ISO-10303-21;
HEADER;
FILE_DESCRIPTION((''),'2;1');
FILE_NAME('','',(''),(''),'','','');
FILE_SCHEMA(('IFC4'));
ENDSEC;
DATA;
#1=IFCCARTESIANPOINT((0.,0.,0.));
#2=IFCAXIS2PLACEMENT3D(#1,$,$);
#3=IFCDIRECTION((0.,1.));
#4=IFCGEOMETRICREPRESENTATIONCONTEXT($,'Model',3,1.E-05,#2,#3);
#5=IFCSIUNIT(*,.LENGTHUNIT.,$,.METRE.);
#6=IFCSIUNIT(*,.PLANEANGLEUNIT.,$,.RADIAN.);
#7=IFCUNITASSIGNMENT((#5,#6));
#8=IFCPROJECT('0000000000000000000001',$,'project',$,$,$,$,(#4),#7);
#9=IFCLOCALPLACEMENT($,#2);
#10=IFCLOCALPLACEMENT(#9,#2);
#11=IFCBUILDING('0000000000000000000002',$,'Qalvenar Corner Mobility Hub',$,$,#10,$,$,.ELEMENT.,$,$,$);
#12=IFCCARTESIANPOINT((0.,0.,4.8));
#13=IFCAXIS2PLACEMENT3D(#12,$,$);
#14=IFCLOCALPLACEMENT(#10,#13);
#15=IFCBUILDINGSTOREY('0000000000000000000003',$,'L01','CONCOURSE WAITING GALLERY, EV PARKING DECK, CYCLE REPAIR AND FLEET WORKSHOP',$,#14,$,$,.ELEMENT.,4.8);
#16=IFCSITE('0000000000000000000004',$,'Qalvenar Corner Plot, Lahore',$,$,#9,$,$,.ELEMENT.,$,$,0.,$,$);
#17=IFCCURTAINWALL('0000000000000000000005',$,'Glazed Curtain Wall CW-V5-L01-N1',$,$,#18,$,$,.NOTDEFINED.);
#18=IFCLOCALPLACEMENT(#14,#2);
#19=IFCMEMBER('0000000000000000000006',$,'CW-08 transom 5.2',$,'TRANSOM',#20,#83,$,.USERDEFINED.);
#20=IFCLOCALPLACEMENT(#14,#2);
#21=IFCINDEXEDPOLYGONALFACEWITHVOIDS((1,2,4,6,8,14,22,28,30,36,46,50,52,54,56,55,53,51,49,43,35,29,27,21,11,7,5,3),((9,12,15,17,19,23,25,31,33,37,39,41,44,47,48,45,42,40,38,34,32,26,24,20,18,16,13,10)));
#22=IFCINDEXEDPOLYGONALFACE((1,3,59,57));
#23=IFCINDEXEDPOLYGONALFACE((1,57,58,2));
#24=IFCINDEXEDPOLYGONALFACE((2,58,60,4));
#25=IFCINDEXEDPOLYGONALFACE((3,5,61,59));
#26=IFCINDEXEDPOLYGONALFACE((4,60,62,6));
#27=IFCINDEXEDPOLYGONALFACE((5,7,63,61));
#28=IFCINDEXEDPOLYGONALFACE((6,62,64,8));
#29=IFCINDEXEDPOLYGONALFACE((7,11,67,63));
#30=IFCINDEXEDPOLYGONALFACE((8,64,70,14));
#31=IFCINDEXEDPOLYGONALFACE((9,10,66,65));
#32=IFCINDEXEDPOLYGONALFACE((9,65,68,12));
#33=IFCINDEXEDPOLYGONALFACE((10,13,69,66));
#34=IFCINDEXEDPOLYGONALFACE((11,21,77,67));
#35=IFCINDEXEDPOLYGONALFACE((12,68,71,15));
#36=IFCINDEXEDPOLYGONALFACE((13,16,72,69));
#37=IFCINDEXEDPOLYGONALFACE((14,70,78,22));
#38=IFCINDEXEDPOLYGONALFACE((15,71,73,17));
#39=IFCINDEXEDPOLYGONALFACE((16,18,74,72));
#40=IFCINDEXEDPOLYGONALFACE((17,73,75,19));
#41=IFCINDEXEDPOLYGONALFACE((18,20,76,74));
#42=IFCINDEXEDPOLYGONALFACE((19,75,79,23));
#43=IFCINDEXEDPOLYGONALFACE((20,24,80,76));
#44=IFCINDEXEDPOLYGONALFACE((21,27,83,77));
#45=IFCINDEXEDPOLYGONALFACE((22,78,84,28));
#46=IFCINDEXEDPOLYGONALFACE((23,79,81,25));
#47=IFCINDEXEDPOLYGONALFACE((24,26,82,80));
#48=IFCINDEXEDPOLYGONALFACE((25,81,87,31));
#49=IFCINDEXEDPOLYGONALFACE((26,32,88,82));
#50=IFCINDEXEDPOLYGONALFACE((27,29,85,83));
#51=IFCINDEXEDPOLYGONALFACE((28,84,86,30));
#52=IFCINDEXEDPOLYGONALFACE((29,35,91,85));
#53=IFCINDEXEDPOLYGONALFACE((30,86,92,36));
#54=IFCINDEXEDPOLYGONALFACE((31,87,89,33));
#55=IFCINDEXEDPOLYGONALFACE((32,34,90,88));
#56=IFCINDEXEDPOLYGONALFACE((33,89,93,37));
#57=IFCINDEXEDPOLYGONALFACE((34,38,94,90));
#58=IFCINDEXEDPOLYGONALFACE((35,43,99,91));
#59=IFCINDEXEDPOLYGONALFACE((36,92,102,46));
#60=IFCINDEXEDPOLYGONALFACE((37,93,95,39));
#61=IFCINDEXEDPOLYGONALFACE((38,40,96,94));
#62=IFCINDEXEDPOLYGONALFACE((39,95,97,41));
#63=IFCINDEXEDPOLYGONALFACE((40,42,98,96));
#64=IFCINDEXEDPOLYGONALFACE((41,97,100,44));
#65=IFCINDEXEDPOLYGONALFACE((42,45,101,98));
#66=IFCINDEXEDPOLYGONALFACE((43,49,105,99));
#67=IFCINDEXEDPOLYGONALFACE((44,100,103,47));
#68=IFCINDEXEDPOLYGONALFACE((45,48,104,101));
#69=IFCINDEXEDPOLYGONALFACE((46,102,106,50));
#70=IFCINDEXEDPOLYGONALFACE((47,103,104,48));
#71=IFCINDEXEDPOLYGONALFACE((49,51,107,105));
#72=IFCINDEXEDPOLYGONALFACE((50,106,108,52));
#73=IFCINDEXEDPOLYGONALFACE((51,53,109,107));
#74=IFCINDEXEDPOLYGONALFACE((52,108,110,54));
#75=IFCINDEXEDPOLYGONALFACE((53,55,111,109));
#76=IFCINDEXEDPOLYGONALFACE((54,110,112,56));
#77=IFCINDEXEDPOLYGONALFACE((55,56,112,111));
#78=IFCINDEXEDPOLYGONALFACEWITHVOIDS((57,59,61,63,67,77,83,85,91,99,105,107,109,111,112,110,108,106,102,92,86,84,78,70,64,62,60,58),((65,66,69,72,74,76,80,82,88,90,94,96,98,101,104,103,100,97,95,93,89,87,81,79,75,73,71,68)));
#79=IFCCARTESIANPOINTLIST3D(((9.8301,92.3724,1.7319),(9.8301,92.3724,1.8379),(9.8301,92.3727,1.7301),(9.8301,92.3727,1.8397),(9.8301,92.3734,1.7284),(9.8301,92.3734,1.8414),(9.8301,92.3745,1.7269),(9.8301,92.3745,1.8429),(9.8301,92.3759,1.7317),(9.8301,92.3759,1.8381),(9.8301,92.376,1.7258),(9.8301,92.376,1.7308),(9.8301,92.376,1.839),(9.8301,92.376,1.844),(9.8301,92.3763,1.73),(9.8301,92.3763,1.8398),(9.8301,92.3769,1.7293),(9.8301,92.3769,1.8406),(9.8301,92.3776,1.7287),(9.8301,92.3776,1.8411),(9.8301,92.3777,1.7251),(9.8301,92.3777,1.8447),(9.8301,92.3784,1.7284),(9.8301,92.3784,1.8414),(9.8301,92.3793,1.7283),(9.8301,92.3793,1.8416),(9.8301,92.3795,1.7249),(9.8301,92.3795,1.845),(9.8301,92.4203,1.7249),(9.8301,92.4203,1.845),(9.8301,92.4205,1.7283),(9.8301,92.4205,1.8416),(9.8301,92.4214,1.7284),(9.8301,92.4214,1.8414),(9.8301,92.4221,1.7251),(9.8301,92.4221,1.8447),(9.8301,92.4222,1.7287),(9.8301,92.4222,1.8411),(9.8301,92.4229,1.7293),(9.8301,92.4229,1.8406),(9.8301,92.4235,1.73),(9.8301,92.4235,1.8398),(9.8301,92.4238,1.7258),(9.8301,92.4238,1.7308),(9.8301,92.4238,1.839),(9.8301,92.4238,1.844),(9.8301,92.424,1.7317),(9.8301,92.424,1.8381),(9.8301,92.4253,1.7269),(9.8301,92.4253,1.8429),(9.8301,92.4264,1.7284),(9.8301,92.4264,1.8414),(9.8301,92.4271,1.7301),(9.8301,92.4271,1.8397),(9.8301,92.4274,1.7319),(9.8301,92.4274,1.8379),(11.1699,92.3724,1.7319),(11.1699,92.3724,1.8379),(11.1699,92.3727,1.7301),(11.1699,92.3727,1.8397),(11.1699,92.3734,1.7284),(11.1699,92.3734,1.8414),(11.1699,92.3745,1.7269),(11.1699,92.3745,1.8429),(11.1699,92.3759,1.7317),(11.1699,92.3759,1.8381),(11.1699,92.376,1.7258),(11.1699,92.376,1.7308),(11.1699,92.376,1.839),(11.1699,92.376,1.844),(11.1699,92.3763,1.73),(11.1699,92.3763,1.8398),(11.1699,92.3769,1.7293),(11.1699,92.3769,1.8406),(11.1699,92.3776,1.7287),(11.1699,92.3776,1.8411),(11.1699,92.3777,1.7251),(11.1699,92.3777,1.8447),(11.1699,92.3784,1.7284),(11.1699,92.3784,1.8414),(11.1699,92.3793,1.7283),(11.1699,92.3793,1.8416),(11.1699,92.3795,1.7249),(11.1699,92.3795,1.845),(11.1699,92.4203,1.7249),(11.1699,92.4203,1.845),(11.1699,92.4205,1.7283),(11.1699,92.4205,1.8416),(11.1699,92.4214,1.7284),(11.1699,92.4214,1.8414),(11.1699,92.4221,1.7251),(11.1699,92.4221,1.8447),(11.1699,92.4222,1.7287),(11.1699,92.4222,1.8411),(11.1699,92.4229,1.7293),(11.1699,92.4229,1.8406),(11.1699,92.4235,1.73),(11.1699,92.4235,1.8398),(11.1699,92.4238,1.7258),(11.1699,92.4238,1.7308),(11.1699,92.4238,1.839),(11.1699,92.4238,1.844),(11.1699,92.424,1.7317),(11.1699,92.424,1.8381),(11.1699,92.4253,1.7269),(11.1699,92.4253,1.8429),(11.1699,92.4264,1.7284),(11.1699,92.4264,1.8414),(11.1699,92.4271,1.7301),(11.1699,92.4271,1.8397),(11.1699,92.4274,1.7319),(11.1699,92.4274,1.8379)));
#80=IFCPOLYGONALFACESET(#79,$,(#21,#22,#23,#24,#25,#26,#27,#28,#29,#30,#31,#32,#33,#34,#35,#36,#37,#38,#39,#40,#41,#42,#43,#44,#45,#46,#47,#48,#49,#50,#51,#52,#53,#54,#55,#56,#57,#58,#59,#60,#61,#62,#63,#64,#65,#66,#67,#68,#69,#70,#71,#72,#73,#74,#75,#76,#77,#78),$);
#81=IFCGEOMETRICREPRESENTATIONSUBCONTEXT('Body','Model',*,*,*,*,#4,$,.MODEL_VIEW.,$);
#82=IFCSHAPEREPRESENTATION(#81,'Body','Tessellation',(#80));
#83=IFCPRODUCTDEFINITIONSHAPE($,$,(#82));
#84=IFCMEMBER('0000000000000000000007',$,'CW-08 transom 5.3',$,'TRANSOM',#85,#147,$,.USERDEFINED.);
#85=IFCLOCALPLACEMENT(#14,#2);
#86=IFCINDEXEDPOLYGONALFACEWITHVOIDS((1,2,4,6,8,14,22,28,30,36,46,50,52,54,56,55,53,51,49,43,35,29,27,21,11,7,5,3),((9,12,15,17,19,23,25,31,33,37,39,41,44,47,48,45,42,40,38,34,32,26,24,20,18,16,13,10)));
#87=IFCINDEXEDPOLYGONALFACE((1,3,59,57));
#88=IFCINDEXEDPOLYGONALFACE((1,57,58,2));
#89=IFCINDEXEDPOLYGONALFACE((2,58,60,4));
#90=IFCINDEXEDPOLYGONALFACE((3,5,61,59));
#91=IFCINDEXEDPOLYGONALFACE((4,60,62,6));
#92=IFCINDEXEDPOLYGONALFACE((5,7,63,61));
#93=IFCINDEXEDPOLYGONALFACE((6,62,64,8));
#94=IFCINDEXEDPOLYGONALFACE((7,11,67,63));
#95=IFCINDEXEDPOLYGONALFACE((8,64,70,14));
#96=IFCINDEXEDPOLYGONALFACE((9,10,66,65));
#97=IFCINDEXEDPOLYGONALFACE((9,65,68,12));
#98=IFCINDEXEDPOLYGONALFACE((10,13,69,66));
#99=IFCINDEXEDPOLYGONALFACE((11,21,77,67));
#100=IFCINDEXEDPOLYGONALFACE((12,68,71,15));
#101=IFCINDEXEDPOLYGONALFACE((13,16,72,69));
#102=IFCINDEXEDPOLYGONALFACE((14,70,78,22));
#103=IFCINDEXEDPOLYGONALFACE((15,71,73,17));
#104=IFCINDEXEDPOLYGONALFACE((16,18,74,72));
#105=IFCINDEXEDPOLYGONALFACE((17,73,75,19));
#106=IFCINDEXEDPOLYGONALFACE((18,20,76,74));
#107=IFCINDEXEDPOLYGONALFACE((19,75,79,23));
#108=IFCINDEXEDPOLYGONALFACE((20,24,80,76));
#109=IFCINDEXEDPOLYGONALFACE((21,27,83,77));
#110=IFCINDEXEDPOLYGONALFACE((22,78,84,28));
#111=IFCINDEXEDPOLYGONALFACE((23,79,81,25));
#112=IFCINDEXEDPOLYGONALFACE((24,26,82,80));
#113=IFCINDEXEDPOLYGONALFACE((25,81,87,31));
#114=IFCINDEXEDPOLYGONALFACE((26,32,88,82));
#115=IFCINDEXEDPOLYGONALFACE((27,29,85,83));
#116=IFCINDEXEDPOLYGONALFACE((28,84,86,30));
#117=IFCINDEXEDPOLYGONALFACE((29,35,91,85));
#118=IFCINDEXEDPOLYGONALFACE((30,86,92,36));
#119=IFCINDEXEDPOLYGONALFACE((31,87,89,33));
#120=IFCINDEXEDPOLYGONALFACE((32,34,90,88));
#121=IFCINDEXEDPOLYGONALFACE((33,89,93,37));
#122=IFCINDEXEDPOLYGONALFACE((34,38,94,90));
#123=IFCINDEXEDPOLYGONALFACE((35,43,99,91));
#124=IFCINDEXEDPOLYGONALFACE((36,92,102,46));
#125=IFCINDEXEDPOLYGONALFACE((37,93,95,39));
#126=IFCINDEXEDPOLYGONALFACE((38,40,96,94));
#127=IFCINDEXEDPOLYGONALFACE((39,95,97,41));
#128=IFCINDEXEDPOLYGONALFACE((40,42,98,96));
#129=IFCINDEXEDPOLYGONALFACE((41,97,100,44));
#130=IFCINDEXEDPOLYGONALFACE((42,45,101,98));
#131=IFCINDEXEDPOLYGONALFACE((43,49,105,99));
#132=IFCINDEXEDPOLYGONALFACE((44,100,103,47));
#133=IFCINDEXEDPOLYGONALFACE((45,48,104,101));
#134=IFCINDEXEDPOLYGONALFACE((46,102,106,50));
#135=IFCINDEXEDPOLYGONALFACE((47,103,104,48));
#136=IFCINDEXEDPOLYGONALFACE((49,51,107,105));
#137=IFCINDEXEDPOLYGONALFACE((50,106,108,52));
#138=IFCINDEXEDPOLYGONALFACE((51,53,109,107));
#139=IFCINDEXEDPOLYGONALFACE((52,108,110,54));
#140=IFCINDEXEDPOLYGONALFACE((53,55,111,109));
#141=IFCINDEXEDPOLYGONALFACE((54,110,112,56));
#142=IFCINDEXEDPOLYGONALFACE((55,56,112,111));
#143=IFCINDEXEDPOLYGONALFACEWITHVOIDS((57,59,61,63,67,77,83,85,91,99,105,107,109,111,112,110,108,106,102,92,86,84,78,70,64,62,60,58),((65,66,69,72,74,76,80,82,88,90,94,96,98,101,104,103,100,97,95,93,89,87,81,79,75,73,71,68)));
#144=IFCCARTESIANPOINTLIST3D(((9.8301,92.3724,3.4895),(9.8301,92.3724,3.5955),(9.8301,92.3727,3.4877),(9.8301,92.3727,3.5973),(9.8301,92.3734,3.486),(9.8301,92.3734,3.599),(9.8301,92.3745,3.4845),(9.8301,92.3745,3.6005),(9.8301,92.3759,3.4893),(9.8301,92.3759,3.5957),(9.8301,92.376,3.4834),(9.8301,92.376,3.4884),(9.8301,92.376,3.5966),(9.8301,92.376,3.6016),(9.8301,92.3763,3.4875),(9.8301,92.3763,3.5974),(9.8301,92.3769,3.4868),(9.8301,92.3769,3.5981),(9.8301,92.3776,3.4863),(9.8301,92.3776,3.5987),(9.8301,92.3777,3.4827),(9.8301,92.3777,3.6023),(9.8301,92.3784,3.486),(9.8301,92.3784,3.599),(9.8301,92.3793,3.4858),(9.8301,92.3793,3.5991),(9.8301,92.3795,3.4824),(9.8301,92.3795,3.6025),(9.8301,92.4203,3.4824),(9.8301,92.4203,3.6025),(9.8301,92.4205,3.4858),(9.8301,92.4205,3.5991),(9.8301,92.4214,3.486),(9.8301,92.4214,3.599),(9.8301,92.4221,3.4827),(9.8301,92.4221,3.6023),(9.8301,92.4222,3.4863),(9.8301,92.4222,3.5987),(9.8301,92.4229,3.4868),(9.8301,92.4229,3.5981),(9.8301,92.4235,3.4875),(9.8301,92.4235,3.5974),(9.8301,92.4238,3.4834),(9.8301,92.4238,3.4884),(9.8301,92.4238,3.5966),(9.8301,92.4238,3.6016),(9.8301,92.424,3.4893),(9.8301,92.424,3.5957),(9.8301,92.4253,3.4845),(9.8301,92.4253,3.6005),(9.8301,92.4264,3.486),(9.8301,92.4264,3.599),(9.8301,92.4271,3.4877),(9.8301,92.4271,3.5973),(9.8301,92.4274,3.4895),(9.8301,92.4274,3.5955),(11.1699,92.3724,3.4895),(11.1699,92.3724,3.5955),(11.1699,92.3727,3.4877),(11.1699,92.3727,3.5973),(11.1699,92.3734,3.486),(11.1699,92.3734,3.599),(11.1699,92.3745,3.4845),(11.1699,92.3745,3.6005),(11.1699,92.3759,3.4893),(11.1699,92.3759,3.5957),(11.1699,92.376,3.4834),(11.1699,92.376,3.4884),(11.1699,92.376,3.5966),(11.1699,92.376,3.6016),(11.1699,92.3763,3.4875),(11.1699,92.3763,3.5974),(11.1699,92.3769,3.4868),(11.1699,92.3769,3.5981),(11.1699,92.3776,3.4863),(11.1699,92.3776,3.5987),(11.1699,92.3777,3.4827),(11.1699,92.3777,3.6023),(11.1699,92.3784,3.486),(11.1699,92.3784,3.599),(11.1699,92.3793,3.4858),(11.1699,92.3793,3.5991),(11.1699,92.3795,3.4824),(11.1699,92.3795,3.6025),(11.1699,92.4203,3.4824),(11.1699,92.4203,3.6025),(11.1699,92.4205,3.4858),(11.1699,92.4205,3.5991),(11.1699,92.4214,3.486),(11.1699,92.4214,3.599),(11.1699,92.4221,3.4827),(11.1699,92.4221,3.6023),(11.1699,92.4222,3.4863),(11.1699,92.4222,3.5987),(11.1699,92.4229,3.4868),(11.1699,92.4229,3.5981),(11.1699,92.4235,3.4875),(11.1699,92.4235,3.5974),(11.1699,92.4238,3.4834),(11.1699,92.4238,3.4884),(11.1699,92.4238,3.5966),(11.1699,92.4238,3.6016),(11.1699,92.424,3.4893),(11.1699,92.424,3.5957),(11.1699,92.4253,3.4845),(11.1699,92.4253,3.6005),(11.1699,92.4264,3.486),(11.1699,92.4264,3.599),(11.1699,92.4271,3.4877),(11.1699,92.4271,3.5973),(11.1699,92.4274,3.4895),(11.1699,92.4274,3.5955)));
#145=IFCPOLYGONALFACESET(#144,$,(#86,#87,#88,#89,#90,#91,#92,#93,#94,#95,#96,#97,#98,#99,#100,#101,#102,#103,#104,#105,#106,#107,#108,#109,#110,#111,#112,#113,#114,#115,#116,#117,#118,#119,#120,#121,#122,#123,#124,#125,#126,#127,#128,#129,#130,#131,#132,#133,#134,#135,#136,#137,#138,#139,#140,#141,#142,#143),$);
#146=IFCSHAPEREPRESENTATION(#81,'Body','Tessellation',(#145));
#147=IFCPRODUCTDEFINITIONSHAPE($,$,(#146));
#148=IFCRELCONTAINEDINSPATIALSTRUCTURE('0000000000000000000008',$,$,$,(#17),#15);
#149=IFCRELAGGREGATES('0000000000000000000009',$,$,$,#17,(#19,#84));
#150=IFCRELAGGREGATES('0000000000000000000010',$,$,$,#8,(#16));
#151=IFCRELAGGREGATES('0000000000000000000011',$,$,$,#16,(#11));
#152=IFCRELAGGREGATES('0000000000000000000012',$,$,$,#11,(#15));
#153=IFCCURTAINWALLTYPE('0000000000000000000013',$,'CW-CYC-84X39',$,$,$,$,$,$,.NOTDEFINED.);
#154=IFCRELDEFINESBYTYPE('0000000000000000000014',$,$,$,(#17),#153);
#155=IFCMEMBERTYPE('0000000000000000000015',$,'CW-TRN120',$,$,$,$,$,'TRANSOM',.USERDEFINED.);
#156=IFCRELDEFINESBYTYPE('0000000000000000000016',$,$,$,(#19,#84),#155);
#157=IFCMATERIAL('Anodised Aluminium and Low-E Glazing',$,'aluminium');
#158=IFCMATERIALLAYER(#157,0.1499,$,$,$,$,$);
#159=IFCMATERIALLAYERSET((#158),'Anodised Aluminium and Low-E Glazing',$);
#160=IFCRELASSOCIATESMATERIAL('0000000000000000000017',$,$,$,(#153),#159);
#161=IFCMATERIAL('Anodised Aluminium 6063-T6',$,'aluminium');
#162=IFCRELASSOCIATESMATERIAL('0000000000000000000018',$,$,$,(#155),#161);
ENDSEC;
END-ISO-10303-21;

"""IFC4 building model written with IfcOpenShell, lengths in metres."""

from ifc_helpers import new_model, si_unit, direction, frame, origin, origin_2d, place, context, subcontext, project, spatial, hollow_rectangle, extrude, material, layer, layer_set, material_profile, profile_set, type_object, element, aggregate, save


model = new_model("IFC4")

# Units and contexts
model_context = context("Model", 3, precision=1e-05, world=origin(), true_north=direction((0.0, 1.0)))
body_context = subcontext(model_context, "Body", "Model", "MODEL_VIEW")
ifc_project = project(units=[si_unit("LENGTHUNIT", "METRE"), si_unit("PLANEANGLEUNIT", "RADIAN")], contexts=[model_context])

# Site, building, storey
site_placement = place(None, origin())
site = spatial("IfcSite", under=ifc_project, at=site_placement, Name="Qalvenar Corner Plot, Lahore", CompositionType="ELEMENT", RefElevation=0.0)
building_placement = place(site_placement, origin())
building = spatial("IfcBuilding", under=site, at=building_placement, Name="Qalvenar Corner Mobility Hub", CompositionType="ELEMENT")
storey_placement = place(building_placement, frame((0.0, 0.0, 4.8)))
storey = spatial("IfcBuildingStorey", under=building, at=storey_placement, Name="L01", Description="CONCOURSE WAITING GALLERY, EV PARKING DECK, CYCLE REPAIR AND FLEET WORKSHOP", CompositionType="ELEMENT", Elevation=4.8)

# Curtain wall, members
ifc_material_1 = material(Name="Anodised Aluminium and Low-E Glazing", Category="aluminium")
ifc_layer_1 = layer(ifc_material_1, 0.1499)
ifc_layer_set_1 = layer_set([ifc_layer_1], Name="Anodised Aluminium and Low-E Glazing")
curtain_wall_type = type_object("IfcCurtainWallType", Name="CW-CYC-84X39", PredefinedType="NOTDEFINED", material=ifc_layer_set_1)
curtain_wall_placement = place(storey_placement, origin())
curtain_wall = element("IfcCurtainWall", 1, at=curtain_wall_placement, inside=storey, type_object=curtain_wall_type, Name="Glazed Curtain Wall CW-V5-L01-N1", PredefinedType="NOTDEFINED")
ifc_material_2 = material(Name="Anodised Aluminium 6063-T6", Category="aluminium")
ifc_material_profile_1 = material_profile(ifc_material_2, hollow_rectangle(XDim=0.0549, YDim=0.1201, WallThickness=0.0034, InnerFilletRadius=0.0034, OuterFilletRadius=0.0071, at=origin_2d()), Name="RHS120x55x3.5")
ifc_profile_set_1 = profile_set([ifc_material_profile_1], Name="Anodised Aluminium 6063-T6")
member_type_1 = type_object("IfcMemberType", Name="CW-TRN120", ElementType="TRANSOM", PredefinedType="USERDEFINED", material=ifc_profile_set_1)
member_1_placement = place(storey_placement, frame((11.1699, 92.3999, 1.7849), z_axis=(-1.0, 0.0, 0.0), x_axis=(0.0, -1.0, 0.0)))
member_1 = element("IfcMember", 2, at=member_1_placement, type_object=member_type_1, Name="CW-08 transom 5.2", ObjectType="TRANSOM", PredefinedType="USERDEFINED", context=body_context, shape_type="SweptSolid", body=[
    extrude(hollow_rectangle(XDim=0.0549, YDim=0.1201, WallThickness=0.0034, InnerFilletRadius=0.0034, OuterFilletRadius=0.0071, at=origin_2d()), origin(), (0.0, 0.0, 1.0), 1.3398),
])
member_2_placement = place(storey_placement, frame((11.1699, 92.3999, 3.5425), z_axis=(-1.0, 0.0, 0.0), x_axis=(0.0, -1.0, 0.0)))
member_2 = element("IfcMember", 3, at=member_2_placement, type_object=member_type_1, Name="CW-08 transom 5.3", ObjectType="TRANSOM", PredefinedType="USERDEFINED", context=body_context, shape_type="SweptSolid", body=[
    extrude(hollow_rectangle(XDim=0.0549, YDim=0.1201, WallThickness=0.0034, InnerFilletRadius=0.0034, OuterFilletRadius=0.0071, at=origin_2d()), origin(), (0.0, 0.0, 1.0), 1.3398),
])
aggregate(curtain_wall, [member_1, member_2])

save(model, "model.ifc")
